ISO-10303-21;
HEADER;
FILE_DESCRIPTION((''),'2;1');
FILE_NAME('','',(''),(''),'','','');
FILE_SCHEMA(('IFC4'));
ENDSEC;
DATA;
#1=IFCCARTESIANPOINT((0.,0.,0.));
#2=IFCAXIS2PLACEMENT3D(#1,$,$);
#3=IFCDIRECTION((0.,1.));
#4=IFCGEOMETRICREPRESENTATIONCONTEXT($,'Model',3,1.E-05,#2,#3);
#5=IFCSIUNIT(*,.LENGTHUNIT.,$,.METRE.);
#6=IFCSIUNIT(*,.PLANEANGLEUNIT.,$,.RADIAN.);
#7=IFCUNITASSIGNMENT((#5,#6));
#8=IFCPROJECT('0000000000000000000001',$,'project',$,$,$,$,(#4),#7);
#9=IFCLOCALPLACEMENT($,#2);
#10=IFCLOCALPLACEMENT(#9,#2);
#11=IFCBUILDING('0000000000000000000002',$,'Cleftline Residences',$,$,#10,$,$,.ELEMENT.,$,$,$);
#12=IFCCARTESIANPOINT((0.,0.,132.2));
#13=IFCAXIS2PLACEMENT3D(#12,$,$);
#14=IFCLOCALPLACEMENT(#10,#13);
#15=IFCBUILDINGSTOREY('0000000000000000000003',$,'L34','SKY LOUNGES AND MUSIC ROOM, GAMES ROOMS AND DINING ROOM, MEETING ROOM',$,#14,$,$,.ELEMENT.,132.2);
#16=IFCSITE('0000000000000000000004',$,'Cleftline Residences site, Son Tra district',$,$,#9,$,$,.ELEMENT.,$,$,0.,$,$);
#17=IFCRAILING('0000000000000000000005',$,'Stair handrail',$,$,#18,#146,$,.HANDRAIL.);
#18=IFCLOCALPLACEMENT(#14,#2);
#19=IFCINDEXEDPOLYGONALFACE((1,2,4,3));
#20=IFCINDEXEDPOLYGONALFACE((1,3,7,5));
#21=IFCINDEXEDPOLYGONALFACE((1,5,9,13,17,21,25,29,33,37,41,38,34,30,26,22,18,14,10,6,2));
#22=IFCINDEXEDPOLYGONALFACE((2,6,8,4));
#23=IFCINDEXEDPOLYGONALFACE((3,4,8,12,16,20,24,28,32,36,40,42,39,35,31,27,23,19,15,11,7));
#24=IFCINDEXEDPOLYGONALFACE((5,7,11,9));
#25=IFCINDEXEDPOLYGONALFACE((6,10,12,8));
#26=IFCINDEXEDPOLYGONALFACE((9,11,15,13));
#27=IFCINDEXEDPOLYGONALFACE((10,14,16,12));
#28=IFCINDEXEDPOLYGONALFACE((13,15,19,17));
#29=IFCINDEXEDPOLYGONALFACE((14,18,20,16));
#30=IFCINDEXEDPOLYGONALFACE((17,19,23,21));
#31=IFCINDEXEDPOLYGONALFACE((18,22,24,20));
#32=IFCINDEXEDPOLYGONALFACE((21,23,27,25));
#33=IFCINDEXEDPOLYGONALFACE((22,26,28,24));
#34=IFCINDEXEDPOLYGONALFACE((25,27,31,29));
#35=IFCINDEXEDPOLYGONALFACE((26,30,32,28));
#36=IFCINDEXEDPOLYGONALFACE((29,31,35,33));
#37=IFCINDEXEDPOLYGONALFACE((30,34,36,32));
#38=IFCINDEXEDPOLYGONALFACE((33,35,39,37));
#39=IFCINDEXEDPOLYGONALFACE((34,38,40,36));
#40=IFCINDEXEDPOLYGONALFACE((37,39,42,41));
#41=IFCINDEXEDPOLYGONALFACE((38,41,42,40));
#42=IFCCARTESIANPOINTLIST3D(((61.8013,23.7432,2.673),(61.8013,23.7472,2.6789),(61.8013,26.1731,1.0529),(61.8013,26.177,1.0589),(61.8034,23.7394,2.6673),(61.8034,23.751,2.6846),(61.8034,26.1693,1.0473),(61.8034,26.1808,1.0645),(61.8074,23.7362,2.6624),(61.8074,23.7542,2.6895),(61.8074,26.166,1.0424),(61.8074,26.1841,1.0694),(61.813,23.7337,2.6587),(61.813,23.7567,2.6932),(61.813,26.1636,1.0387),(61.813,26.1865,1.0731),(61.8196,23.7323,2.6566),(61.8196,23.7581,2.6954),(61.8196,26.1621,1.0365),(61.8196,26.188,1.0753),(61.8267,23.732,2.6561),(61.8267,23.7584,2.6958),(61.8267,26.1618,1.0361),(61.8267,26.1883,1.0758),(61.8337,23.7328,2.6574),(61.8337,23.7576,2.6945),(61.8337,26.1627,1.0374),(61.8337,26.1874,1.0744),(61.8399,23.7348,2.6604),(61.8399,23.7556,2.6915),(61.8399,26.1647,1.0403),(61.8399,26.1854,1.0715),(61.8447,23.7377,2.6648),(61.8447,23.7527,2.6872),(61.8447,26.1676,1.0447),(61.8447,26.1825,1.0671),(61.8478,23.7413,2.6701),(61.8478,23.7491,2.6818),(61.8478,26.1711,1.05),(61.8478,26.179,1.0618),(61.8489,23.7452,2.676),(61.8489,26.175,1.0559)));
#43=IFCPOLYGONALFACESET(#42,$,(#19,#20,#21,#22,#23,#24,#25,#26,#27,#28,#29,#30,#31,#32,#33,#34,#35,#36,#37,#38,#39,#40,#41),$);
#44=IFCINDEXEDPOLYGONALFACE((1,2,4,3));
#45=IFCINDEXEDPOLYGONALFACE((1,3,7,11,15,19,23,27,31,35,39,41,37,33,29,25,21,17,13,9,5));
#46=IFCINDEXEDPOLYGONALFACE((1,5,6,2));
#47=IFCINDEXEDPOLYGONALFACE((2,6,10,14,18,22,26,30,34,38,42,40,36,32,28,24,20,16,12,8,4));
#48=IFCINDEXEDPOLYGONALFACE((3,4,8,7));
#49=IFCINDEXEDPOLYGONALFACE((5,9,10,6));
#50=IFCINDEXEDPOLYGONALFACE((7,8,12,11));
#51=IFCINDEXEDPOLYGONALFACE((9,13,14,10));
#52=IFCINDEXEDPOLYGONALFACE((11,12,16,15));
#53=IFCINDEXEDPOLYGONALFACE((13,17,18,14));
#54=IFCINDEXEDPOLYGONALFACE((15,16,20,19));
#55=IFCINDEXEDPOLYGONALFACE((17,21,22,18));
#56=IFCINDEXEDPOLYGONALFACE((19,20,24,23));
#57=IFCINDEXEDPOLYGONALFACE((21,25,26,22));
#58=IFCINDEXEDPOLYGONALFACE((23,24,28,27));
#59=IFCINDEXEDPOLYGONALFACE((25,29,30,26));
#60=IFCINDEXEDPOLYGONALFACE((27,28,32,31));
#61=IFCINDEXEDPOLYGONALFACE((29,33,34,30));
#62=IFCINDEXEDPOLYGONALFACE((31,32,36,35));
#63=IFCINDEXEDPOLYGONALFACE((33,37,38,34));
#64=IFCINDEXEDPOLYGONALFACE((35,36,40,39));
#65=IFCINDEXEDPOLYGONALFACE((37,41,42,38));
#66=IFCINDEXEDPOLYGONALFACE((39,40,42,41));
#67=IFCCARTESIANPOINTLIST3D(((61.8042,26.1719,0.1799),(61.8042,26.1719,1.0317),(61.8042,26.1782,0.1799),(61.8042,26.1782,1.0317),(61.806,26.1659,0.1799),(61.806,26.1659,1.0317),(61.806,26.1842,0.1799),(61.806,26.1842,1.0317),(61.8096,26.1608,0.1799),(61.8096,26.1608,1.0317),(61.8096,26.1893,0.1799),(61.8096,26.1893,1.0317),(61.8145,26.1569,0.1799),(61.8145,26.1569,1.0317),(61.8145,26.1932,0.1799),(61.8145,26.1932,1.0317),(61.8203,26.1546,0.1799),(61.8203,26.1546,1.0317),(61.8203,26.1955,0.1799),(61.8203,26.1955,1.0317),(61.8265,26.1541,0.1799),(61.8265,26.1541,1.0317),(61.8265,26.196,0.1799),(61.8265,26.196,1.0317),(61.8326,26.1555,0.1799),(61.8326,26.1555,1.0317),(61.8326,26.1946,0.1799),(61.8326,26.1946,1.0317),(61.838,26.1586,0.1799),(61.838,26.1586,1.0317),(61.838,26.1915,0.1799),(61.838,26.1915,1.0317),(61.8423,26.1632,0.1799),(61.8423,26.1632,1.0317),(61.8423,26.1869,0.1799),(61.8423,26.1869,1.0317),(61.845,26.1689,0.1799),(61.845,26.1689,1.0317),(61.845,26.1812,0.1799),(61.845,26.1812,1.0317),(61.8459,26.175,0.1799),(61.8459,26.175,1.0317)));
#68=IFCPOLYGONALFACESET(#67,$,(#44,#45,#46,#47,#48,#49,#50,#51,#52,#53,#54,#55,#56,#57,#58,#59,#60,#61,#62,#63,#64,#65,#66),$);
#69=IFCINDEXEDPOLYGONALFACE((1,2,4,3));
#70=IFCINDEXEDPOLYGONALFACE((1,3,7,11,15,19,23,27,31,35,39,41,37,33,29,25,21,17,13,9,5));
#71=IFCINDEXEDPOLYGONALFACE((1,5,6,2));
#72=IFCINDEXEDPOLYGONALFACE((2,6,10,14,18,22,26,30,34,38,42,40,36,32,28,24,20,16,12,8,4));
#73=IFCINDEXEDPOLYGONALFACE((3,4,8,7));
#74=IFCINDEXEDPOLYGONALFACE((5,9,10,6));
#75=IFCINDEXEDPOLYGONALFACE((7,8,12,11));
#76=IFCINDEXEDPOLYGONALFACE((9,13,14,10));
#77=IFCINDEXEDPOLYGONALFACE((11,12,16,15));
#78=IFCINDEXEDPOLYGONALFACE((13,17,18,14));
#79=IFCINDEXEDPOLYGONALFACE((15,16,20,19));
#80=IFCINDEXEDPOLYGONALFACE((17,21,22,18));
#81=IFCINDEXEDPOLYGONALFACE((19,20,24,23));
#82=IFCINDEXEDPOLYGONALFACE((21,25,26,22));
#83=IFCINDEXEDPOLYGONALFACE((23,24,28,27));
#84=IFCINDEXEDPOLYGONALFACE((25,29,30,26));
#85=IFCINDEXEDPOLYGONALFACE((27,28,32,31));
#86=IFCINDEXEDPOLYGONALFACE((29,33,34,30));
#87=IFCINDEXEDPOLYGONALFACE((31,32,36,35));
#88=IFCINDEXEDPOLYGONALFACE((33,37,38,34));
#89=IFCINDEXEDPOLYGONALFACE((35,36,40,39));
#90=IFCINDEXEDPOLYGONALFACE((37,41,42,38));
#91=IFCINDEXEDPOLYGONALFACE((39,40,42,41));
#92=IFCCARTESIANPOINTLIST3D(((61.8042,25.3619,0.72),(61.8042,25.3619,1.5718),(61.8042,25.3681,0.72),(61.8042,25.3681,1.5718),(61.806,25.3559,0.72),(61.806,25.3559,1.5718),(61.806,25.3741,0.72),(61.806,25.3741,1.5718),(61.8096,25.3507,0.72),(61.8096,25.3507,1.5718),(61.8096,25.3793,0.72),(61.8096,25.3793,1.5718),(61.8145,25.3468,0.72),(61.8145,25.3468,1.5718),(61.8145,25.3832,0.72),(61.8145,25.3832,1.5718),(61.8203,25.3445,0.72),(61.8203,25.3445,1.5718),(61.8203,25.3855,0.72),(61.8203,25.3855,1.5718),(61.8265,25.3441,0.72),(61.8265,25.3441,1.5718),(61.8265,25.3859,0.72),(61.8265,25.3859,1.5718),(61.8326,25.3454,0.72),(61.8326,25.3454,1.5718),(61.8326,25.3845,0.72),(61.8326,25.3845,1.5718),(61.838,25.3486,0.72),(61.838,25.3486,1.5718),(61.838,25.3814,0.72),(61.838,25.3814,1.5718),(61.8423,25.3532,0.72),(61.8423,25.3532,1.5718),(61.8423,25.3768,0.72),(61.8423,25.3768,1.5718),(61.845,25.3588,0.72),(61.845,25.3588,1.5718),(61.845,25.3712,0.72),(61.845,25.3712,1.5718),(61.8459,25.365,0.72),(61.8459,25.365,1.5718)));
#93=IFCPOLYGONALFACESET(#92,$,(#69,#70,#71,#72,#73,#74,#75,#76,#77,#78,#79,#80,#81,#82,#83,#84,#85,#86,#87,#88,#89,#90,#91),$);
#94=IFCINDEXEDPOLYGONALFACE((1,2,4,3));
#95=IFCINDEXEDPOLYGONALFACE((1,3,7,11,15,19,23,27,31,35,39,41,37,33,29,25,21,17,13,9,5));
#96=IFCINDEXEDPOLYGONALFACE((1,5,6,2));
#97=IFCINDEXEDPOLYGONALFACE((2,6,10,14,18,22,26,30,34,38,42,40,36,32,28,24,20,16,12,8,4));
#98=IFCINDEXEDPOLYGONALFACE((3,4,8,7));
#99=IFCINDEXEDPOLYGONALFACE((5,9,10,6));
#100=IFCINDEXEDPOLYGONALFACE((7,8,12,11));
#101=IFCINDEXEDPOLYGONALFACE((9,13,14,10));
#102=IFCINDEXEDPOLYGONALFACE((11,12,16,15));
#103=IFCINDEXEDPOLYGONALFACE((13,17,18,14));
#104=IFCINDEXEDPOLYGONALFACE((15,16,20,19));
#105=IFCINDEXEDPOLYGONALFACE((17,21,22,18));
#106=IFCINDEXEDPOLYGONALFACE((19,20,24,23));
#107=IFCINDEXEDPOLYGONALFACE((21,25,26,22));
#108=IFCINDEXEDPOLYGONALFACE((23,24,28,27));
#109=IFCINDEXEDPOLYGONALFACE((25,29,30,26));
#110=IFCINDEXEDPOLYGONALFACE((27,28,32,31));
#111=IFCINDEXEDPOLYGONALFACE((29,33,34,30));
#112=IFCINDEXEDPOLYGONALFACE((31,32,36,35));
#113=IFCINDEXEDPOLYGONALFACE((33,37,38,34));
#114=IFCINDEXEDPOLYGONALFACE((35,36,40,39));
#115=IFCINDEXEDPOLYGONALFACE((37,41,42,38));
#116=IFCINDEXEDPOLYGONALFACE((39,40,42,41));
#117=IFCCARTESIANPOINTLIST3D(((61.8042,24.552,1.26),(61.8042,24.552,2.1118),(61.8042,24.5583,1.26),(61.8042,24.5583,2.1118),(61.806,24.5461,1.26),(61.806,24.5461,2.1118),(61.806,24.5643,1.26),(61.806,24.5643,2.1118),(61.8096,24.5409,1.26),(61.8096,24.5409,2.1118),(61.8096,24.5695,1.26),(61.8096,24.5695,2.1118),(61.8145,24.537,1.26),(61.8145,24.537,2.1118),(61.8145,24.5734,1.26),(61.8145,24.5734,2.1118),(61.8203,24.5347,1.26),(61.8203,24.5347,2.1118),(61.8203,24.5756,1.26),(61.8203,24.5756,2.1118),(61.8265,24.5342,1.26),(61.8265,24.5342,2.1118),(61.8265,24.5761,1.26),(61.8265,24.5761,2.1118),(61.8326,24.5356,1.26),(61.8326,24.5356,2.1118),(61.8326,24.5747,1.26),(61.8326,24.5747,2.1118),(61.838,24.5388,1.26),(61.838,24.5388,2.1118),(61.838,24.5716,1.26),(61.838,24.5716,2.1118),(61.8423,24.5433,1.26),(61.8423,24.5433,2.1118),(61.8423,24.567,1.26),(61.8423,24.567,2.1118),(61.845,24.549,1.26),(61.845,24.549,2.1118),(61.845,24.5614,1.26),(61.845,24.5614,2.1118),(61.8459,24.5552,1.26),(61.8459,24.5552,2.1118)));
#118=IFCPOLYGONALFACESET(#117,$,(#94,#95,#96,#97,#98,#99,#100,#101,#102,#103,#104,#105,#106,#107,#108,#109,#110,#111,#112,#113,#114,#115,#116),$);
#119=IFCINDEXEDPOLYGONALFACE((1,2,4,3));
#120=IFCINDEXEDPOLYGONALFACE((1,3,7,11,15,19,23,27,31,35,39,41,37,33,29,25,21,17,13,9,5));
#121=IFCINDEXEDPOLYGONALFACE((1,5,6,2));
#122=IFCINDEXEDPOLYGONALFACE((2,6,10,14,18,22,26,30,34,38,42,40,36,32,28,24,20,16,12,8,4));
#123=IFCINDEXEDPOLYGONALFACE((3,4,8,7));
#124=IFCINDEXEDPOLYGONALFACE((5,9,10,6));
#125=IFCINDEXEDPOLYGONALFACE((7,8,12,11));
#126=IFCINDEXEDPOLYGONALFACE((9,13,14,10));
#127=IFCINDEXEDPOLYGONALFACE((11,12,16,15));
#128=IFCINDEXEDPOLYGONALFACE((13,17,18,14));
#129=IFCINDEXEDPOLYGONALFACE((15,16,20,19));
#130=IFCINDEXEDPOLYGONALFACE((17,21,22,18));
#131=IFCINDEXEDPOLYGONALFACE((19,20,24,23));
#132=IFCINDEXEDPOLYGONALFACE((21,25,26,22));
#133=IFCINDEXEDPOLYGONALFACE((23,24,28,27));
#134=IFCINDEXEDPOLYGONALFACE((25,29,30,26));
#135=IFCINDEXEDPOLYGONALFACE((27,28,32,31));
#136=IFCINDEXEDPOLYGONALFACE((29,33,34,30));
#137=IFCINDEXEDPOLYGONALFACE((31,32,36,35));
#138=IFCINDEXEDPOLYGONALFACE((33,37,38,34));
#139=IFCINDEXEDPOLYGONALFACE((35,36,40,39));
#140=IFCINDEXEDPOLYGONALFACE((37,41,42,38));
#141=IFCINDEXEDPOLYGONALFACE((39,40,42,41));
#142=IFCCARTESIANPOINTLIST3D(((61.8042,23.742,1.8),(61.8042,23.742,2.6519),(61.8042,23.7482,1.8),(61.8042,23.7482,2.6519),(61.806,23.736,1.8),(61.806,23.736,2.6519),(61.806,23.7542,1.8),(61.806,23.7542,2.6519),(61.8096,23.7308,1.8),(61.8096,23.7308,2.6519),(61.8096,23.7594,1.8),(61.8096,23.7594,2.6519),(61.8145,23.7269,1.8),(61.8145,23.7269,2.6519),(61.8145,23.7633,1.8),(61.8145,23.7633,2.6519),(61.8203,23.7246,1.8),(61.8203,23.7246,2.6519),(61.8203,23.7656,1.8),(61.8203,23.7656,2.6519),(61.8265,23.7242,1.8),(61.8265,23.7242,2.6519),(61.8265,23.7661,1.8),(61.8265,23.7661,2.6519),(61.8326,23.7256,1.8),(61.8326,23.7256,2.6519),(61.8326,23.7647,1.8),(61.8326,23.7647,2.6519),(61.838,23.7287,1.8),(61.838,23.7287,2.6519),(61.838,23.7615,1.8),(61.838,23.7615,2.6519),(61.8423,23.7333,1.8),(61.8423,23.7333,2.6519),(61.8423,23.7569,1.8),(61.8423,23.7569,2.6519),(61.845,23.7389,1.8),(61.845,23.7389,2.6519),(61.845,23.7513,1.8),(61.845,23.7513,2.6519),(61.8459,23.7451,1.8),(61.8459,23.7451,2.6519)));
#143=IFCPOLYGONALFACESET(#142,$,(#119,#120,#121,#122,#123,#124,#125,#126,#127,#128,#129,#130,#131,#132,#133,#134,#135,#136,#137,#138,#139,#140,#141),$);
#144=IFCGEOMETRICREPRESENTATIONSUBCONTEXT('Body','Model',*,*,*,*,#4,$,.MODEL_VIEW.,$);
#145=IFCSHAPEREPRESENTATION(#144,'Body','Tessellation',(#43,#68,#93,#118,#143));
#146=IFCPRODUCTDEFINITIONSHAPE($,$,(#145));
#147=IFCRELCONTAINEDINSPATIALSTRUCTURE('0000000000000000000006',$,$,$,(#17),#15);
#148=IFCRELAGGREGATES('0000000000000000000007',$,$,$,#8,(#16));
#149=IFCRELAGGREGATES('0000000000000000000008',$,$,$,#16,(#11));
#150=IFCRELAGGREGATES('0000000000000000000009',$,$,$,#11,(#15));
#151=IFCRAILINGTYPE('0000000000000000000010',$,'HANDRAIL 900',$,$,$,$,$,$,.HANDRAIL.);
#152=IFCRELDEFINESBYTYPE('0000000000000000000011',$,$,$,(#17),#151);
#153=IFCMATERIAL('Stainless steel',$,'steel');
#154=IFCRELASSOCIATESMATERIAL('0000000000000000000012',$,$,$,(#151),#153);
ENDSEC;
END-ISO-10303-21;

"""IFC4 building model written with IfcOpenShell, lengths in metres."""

from ifc_helpers import new_model, si_unit, direction, frame, origin, origin_2d, place, context, subcontext, project, spatial, circle, extrude, material, type_object, element, save


model = new_model("IFC4")

# Units and contexts
model_context = context("Model", 3, precision=1e-05, world=origin(), true_north=direction((0.0, 1.0)))
body_context = subcontext(model_context, "Body", "Model", "MODEL_VIEW")
ifc_project = project(units=[si_unit("LENGTHUNIT", "METRE"), si_unit("PLANEANGLEUNIT", "RADIAN")], contexts=[model_context])

# Site, building, storey
site_placement = place(None, origin())
site = spatial("IfcSite", under=ifc_project, at=site_placement, Name="Cleftline Residences site, Son Tra district", CompositionType="ELEMENT", RefElevation=0.0)
building_placement = place(site_placement, origin())
building = spatial("IfcBuilding", under=site, at=building_placement, Name="Cleftline Residences", CompositionType="ELEMENT")
storey_placement = place(building_placement, frame((0.0, 0.0, 132.2)))
storey = spatial("IfcBuildingStorey", under=building, at=storey_placement, Name="L34", Description="SKY LOUNGES AND MUSIC ROOM, GAMES ROOMS AND DINING ROOM, MEETING ROOM", CompositionType="ELEMENT", Elevation=132.2)

# Railing
ifc_material_1 = material(Name="Stainless steel", Category="steel")
railing_type = type_object("IfcRailingType", Name="HANDRAIL 900", PredefinedType="HANDRAIL", material=ifc_material_1)
railing_placement = place(storey_placement, frame((61.825, 26.175, 0.1799)))
element("IfcRailing", 1, at=railing_placement, inside=storey, type_object=railing_type, Name="Stair handrail", PredefinedType="HANDRAIL", context=body_context, shape_type="SweptSolid", body=[
    extrude(circle(Radius=0.0239, at=origin_2d()), frame((0.0, 0.0, 0.876), z_axis=(0.0, -0.832025, 0.554739), x_axis=(1.0, 0.0, 0.0)), (0.0, 0.0, 1.0), 2.9204),
    extrude(circle(Radius=0.021, at=origin_2d()), origin(), (0.0, 0.0, 1.0), 0.8518),
    extrude(circle(Radius=0.021, at=origin_2d()), frame((0.0, -0.8101, 0.54)), (0.0, 0.0, 1.0), 0.8518),
    extrude(circle(Radius=0.021, at=origin_2d()), frame((0.0, -1.6199, 1.0801)), (0.0, 0.0, 1.0), 0.8518),
    extrude(circle(Radius=0.021, at=origin_2d()), frame((0.0, -2.4299, 1.6201)), (0.0, 0.0, 1.0), 0.8518),
])

save(model, "model.ifc")
